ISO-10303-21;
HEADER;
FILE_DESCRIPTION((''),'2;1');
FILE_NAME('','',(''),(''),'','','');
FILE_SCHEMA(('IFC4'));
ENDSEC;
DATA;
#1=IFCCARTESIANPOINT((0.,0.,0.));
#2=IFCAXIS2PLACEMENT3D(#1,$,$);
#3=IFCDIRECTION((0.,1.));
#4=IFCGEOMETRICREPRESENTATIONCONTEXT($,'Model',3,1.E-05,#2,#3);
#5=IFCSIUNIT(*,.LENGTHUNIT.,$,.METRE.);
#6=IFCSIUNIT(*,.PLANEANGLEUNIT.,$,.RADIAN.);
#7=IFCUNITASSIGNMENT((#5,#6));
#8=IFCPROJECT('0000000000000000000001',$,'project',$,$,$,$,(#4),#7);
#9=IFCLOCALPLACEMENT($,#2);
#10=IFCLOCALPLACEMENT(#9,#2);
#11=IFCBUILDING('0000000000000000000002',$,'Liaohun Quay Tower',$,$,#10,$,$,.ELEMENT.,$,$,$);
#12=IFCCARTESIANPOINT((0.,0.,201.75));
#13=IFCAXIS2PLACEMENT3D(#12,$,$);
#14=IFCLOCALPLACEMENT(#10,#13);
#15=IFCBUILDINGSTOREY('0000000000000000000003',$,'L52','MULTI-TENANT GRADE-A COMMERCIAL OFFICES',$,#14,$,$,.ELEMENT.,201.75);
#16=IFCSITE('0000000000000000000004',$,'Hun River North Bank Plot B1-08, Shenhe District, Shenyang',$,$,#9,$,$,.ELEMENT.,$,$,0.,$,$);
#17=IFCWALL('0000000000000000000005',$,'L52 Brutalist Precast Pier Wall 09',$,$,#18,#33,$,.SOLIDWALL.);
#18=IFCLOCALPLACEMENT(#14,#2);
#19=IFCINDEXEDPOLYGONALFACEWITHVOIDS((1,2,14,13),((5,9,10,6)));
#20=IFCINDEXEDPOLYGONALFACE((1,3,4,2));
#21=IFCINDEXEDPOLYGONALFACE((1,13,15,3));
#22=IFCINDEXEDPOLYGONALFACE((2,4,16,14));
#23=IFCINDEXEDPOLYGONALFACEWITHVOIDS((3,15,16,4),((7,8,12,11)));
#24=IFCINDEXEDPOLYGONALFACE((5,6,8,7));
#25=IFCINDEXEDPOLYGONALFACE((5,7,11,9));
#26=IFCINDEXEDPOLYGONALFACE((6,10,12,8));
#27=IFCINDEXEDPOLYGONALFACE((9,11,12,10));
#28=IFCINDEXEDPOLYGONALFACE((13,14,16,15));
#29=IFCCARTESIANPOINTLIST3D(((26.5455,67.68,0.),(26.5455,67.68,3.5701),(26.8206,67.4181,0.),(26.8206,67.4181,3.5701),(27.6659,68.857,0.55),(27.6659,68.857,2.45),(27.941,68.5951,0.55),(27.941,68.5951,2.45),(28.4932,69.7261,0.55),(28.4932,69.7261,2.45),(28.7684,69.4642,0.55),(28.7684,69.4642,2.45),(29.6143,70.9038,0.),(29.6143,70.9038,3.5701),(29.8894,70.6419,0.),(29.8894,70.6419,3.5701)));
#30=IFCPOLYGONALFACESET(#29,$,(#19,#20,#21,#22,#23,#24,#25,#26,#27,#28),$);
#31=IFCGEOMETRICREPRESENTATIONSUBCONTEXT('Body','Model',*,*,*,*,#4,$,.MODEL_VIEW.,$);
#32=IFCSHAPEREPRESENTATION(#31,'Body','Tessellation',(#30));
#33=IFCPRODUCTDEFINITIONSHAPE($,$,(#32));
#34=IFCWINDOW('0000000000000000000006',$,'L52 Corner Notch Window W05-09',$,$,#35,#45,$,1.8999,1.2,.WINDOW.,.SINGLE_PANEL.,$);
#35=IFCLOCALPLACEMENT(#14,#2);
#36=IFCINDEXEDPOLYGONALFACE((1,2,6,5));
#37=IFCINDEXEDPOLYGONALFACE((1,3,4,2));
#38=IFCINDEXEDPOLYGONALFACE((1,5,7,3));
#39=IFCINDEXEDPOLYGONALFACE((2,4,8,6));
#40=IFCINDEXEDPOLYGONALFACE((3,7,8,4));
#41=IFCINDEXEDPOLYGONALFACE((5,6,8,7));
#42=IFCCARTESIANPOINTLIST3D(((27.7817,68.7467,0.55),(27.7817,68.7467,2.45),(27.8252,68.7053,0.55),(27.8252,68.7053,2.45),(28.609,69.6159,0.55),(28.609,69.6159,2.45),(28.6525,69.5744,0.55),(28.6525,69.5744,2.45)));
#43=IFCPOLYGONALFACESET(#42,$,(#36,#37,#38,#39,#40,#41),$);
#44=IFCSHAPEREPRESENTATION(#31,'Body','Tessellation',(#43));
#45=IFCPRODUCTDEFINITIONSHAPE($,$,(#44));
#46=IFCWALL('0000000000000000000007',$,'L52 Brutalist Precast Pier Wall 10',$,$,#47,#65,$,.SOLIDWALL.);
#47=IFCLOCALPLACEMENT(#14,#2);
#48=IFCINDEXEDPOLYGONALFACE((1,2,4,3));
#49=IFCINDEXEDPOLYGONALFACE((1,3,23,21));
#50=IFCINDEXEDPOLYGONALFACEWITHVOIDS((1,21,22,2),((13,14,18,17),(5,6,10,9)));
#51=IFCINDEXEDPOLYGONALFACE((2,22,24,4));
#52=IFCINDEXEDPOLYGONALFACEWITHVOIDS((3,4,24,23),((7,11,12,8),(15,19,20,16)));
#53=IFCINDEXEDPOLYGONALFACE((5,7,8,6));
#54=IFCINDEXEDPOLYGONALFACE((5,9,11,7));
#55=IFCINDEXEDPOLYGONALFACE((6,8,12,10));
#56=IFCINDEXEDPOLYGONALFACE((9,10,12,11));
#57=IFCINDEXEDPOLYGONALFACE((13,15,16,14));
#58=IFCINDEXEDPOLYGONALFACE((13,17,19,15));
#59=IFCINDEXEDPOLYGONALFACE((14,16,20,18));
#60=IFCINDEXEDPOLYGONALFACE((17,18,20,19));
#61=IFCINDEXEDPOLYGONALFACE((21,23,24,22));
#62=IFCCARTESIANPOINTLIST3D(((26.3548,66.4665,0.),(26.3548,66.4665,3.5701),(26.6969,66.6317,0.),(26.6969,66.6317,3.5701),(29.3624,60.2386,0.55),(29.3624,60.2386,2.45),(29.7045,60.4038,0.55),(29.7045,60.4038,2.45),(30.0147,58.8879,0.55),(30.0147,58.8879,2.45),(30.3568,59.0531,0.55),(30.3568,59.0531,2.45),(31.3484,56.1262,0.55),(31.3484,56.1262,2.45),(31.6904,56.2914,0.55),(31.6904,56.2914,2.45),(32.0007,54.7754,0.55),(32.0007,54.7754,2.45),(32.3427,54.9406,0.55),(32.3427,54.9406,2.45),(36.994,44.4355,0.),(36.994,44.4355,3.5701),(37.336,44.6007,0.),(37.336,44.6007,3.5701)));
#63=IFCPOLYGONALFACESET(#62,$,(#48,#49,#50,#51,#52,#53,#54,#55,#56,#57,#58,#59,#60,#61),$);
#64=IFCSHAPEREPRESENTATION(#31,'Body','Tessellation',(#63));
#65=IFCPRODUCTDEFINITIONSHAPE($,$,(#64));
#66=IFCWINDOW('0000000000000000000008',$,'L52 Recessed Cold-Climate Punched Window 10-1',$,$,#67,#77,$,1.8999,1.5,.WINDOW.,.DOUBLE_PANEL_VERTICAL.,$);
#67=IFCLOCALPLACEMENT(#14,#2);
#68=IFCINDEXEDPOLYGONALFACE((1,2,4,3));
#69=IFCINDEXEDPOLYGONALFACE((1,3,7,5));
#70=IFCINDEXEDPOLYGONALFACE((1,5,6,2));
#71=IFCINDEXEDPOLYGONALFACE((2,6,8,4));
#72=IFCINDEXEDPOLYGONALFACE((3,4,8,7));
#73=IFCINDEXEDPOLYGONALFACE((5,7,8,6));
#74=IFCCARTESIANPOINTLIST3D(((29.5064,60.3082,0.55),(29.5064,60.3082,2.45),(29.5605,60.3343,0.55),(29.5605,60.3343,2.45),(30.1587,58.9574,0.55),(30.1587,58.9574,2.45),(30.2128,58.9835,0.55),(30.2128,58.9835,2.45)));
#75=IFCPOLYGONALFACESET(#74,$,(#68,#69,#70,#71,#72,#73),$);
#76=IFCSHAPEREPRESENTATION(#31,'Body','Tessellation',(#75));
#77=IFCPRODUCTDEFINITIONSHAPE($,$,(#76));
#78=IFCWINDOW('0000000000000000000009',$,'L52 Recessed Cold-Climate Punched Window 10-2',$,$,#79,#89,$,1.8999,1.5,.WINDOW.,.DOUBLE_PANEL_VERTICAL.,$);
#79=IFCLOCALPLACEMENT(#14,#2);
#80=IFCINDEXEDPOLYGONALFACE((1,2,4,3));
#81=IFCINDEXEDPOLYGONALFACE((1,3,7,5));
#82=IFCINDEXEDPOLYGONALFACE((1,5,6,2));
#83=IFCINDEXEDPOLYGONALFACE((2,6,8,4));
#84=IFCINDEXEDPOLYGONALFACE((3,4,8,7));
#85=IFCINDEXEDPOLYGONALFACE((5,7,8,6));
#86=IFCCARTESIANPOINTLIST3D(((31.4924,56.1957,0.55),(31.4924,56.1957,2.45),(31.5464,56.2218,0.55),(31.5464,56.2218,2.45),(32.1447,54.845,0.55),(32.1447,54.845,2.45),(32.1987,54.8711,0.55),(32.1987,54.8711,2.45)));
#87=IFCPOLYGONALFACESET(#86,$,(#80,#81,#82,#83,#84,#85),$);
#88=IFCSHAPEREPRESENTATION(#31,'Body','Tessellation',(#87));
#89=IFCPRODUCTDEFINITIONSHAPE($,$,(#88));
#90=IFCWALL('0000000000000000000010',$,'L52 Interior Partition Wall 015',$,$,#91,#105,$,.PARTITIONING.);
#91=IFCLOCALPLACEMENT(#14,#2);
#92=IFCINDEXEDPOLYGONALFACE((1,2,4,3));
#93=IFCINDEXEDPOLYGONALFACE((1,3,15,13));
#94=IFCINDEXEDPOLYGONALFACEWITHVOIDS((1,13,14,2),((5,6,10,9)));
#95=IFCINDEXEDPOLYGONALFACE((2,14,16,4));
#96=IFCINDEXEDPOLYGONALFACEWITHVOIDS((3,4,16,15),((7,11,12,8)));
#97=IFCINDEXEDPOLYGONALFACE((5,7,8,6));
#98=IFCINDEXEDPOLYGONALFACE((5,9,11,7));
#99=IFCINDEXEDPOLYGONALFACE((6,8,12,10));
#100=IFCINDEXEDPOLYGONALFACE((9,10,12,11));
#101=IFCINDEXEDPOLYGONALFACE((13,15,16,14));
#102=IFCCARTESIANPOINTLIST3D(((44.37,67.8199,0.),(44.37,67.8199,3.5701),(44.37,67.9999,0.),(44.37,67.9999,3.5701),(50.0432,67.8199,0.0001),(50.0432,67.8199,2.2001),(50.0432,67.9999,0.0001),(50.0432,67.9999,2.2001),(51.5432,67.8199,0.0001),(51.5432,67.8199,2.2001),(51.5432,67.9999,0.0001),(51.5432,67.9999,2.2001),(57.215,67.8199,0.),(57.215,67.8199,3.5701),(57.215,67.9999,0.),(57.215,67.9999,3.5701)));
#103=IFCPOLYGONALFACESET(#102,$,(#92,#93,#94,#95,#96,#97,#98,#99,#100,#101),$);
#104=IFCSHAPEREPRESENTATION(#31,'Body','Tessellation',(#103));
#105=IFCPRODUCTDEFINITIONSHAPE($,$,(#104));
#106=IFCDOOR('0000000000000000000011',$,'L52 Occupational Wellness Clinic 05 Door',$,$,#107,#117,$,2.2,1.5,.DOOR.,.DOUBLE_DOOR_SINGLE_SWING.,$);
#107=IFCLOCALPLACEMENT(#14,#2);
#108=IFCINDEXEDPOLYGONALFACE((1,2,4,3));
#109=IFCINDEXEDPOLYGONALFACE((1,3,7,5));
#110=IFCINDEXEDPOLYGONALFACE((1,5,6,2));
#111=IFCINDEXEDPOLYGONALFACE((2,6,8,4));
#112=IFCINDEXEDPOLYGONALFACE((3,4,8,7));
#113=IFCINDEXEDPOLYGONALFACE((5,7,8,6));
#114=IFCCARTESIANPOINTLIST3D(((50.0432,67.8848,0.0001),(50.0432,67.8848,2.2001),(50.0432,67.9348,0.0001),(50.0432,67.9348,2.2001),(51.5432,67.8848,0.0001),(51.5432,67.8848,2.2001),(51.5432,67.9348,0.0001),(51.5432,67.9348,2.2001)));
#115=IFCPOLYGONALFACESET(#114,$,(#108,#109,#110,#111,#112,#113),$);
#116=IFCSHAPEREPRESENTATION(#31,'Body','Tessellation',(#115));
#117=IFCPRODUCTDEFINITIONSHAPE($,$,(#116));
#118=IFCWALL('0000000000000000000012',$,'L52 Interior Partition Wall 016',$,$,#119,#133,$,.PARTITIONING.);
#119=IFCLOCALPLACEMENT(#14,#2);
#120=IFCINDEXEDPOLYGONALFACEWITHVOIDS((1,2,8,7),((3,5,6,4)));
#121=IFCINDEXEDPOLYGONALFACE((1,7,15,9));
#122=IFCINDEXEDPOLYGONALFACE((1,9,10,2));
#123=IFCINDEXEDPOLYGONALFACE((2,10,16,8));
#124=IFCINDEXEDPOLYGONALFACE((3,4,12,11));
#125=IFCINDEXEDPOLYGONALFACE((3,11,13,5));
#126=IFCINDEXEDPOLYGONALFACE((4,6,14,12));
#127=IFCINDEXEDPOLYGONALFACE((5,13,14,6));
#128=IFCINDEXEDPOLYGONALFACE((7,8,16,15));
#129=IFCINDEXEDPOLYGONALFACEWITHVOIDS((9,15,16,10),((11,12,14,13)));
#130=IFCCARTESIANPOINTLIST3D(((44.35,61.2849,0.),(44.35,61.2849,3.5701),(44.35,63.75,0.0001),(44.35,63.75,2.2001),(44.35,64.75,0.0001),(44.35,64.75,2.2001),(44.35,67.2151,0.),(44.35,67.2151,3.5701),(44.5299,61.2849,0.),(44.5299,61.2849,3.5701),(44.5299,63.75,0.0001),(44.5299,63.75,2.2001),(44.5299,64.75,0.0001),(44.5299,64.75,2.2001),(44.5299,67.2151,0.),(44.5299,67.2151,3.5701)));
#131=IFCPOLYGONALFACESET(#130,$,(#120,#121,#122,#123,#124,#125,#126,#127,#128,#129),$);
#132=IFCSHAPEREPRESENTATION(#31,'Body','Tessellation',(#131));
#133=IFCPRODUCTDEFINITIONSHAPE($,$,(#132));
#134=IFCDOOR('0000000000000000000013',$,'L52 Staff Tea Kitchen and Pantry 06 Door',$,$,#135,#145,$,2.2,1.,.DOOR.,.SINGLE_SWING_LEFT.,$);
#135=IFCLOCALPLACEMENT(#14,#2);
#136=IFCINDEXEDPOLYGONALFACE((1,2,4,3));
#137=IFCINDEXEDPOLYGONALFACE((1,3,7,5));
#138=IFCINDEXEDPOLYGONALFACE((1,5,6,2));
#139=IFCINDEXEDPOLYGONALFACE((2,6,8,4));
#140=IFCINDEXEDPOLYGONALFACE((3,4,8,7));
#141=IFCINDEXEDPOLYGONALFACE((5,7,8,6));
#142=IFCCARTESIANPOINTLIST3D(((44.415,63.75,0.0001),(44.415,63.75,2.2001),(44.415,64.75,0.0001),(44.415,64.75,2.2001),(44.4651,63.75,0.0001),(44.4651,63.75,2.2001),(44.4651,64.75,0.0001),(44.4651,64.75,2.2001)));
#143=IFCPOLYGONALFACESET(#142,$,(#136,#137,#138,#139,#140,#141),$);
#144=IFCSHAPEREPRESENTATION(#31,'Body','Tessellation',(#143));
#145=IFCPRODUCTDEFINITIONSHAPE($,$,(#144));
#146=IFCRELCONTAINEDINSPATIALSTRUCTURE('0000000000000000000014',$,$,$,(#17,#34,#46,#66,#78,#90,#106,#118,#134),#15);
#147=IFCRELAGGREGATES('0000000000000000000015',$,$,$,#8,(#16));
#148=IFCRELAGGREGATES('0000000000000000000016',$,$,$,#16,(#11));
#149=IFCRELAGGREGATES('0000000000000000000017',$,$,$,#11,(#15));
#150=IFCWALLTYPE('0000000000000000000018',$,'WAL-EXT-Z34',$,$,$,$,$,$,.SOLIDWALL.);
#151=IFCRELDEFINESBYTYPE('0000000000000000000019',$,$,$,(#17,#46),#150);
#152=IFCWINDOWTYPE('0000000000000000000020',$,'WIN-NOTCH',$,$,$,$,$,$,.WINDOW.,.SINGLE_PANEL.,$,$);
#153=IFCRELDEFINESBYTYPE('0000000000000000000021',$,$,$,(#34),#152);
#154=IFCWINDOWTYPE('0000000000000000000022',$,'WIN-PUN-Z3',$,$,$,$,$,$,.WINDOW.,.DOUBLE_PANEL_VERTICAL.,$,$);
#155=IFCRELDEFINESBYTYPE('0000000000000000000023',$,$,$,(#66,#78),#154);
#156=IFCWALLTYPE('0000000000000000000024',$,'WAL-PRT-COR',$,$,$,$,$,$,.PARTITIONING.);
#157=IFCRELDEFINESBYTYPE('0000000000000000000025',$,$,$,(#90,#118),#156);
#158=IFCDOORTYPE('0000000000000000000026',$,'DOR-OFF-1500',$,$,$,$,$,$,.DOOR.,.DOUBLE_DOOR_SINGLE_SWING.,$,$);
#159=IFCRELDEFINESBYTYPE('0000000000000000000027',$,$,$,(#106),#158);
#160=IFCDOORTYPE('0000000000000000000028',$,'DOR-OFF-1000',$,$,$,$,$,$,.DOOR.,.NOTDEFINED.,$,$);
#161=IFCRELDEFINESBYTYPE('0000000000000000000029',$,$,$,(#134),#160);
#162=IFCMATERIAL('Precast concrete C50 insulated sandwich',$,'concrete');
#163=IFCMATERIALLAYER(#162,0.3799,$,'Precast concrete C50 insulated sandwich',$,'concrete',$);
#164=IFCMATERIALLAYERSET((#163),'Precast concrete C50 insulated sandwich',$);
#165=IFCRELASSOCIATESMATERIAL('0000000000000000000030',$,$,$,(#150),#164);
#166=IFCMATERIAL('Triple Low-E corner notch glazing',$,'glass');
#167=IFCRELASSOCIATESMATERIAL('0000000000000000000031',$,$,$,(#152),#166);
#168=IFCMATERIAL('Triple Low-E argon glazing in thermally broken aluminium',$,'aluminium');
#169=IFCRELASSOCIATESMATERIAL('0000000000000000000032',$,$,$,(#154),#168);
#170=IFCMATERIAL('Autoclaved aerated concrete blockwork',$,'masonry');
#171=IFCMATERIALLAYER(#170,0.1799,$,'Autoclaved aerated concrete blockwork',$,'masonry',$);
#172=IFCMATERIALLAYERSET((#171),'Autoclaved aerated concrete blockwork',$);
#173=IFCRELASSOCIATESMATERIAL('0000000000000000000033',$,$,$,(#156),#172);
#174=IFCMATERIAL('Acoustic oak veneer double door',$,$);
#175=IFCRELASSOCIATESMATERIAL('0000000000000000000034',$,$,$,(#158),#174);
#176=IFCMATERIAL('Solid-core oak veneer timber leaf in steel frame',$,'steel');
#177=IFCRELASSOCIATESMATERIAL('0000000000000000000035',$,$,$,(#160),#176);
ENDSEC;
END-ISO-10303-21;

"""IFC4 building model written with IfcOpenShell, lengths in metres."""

from ifc_helpers import new_model, si_unit, direction, frame, frame_2d, origin, place, context, subcontext, project, spatial, rectangle, extrude, source, transform, mapped, material, layer, layer_set, type_object, element, fill, save


model = new_model("IFC4")

# Units and contexts
model_context = context("Model", 3, precision=1e-05, world=origin(), true_north=direction((0.0, 1.0)))
body_context = subcontext(model_context, "Body", "Model", "MODEL_VIEW")
ifc_project = project(units=[si_unit("LENGTHUNIT", "METRE"), si_unit("PLANEANGLEUNIT", "RADIAN")], contexts=[model_context])

# Site, building, storey
site_placement = place(None, origin())
site = spatial("IfcSite", under=ifc_project, at=site_placement, Name="Hun River North Bank Plot B1-08, Shenhe District, Shenyang", CompositionType="ELEMENT", RefElevation=0.0)
building_placement = place(site_placement, origin())
building = spatial("IfcBuilding", under=site, at=building_placement, Name="Liaohun Quay Tower", CompositionType="ELEMENT")
storey_placement = place(building_placement, frame((0.0, 0.0, 201.75)))
storey = spatial("IfcBuildingStorey", under=building, at=storey_placement, Name="L52", Description="MULTI-TENANT GRADE-A COMMERCIAL OFFICES", CompositionType="ELEMENT", Elevation=201.75)

# Wall, opening, window
ifc_material_1 = material(Name="Precast concrete C50 insulated sandwich", Category="concrete")
ifc_layer_1 = layer(ifc_material_1, 0.3799, Name="Precast concrete C50 insulated sandwich", Category="concrete")
ifc_layer_set_1 = layer_set([ifc_layer_1], Name="Precast concrete C50 insulated sandwich")
wall_type_1 = type_object("IfcWallType", Name="WAL-EXT-Z34", PredefinedType="SOLIDWALL", material=ifc_layer_set_1)
shared_shape_1 = source(origin(), body_context, "Body", "SweptSolid", [
    extrude(rectangle(XDim=1.2, YDim=1.8999, at=frame_2d((0.6001, 0.95))), frame((0.0, 0.2, 0.0), z_axis=(0.0, -1.0, 0.0), x_axis=(1.0, 0.0, 0.0)), (0.0, 0.0, 1.0), 0.3999),
])
ifc_material_2 = material(Name="Triple Low-E corner notch glazing", Category="glass")
window_type_1 = type_object("IfcWindowType", Name="WIN-NOTCH", PartitioningType="SINGLE_PANEL", PredefinedType="WINDOW", material=ifc_material_2)
shared_shape_2 = source(origin(), body_context, "Body", "SweptSolid", [
    extrude(rectangle(XDim=1.2, YDim=1.8999, at=frame_2d((0.6001, 0.95))), frame((0.0, 0.03, 0.0), z_axis=(0.0, -1.0, 0.0), x_axis=(1.0, 0.0, 0.0)), (0.0, 0.0, 1.0), 0.0601),
])
wall_1_placement = place(storey_placement, frame((29.752, 70.7729, 0.0), z_axis=(0.0, 0.0, 1.0), x_axis=(-0.689477, -0.724307, 0.0)))
wall_1 = element("IfcWall", 1, at=wall_1_placement, inside=storey, type_object=wall_type_1, Name="L52 Brutalist Precast Pier Wall 09", PredefinedType="SOLIDWALL", context=body_context, shape_type="SweptSolid", body=[
    extrude(rectangle(XDim=4.4509, YDim=0.3799, at=frame_2d((2.2256, 0.0))), origin(), (0.0, 0.0, 1.0), 3.5701),
])
opening_1_placement = place(wall_1_placement, frame((1.626, 0.0, 0.55)))
opening_1 = element("IfcOpeningElement", 2, at=opening_1_placement, cuts=wall_1, PredefinedType="OPENING", context=body_context, shape_type="MappedRepresentation", body=[
    mapped(shared_shape_1, transform((0.0, 0.0, 0.0), x_axis=(1.0, 0.0, 0.0), y_axis=(0.0, 1.0, 0.0), z_axis=(0.0, 0.0, 1.0), scale=1.0)),
])
window_1_placement = place(opening_1_placement, origin())
window_1 = element("IfcWindow", 3, at=window_1_placement, inside=storey, type_object=window_type_1, Name="L52 Corner Notch Window W05-09", OverallHeight=1.8999, OverallWidth=1.2, PartitioningType="SINGLE_PANEL", PredefinedType="WINDOW", context=body_context, shape_type="MappedRepresentation", body=[
    mapped(shared_shape_2, transform((0.0, 0.0, 0.0), x_axis=(1.0, 0.0, 0.0), y_axis=(0.0, 1.0, 0.0), z_axis=(0.0, 0.0, 1.0), scale=1.0)),
])
fill(opening_1, window_1)

# Wall, openings, windows
wall_2_placement = place(storey_placement, frame((26.5259, 66.5491, 0.0), z_axis=(0.0, 0.0, 1.0), x_axis=(0.434865, -0.900496, 0.0)))
wall_2 = element("IfcWall", 4, at=wall_2_placement, inside=storey, type_object=wall_type_1, Name="L52 Brutalist Precast Pier Wall 10", PredefinedType="SOLIDWALL", context=body_context, shape_type="SweptSolid", body=[
    extrude(rectangle(XDim=24.4653, YDim=0.3799, at=frame_2d((12.2327, 0.0))), origin(), (0.0, 0.0, 1.0), 3.5701),
])
shared_shape_3 = source(origin(), body_context, "Body", "SweptSolid", [
    extrude(rectangle(XDim=1.5, YDim=1.8999, at=frame_2d((0.75, 0.95))), frame((0.0, 0.2, 0.0), z_axis=(0.0, -1.0, 0.0), x_axis=(1.0, 0.0, 0.0)), (0.0, 0.0, 1.0), 0.3999),
])
opening_2_placement = place(wall_2_placement, frame((6.916, 0.0, 0.55)))
opening_2 = element("IfcOpeningElement", 5, at=opening_2_placement, cuts=wall_2, PredefinedType="OPENING", context=body_context, shape_type="MappedRepresentation", body=[
    mapped(shared_shape_3, transform((0.0, 0.0, 0.0), x_axis=(1.0, 0.0, 0.0), y_axis=(0.0, 1.0, 0.0), z_axis=(0.0, 0.0, 1.0), scale=1.0)),
])
opening_3_placement = place(wall_2_placement, frame((11.4829, 0.0, 0.55)))
opening_3 = element("IfcOpeningElement", 6, at=opening_3_placement, cuts=wall_2, PredefinedType="OPENING", context=body_context, shape_type="MappedRepresentation", body=[
    mapped(shared_shape_3, transform((0.0, 0.0, 0.0), x_axis=(1.0, 0.0, 0.0), y_axis=(0.0, 1.0, 0.0), z_axis=(0.0, 0.0, 1.0), scale=1.0)),
])
ifc_material_3 = material(Name="Triple Low-E argon glazing in thermally broken aluminium", Category="aluminium")
window_type_2 = type_object("IfcWindowType", Name="WIN-PUN-Z3", PartitioningType="DOUBLE_PANEL_VERTICAL", PredefinedType="WINDOW", material=ifc_material_3)
shared_shape_4 = source(origin(), body_context, "Body", "SweptSolid", [
    extrude(rectangle(XDim=1.5, YDim=1.8999, at=frame_2d((0.75, 0.95))), frame((0.0, 0.03, 0.0), z_axis=(0.0, -1.0, 0.0), x_axis=(1.0, 0.0, 0.0)), (0.0, 0.0, 1.0), 0.0601),
])
window_2_placement = place(opening_2_placement, origin())
window_2 = element("IfcWindow", 7, at=window_2_placement, inside=storey, type_object=window_type_2, Name="L52 Recessed Cold-Climate Punched Window 10-1", OverallHeight=1.8999, OverallWidth=1.5, PartitioningType="DOUBLE_PANEL_VERTICAL", PredefinedType="WINDOW", context=body_context, shape_type="MappedRepresentation", body=[
    mapped(shared_shape_4, transform((0.0, 0.0, 0.0), x_axis=(1.0, 0.0, 0.0), y_axis=(0.0, 1.0, 0.0), z_axis=(0.0, 0.0, 1.0), scale=1.0)),
])
fill(opening_2, window_2)
window_3_placement = place(opening_3_placement, origin())
window_3 = element("IfcWindow", 8, at=window_3_placement, inside=storey, type_object=window_type_2, Name="L52 Recessed Cold-Climate Punched Window 10-2", OverallHeight=1.8999, OverallWidth=1.5, PartitioningType="DOUBLE_PANEL_VERTICAL", PredefinedType="WINDOW", context=body_context, shape_type="MappedRepresentation", body=[
    mapped(shared_shape_4, transform((0.0, 0.0, 0.0), x_axis=(1.0, 0.0, 0.0), y_axis=(0.0, 1.0, 0.0), z_axis=(0.0, 0.0, 1.0), scale=1.0)),
])
fill(opening_3, window_3)

# Walls, openings, doors
ifc_material_4 = material(Name="Autoclaved aerated concrete blockwork", Category="masonry")
ifc_layer_2 = layer(ifc_material_4, 0.1799, Name="Autoclaved aerated concrete blockwork", Category="masonry")
ifc_layer_set_2 = layer_set([ifc_layer_2], Name="Autoclaved aerated concrete blockwork")
wall_type_2 = type_object("IfcWallType", Name="WAL-PRT-COR", PredefinedType="PARTITIONING", material=ifc_layer_set_2)
wall_3_placement = place(storey_placement, frame((44.3701, 67.9099, 0.0), z_axis=(0.0, 0.0, 1.0), x_axis=(1.0, 0.0, 0.0)))
wall_3 = element("IfcWall", 9, at=wall_3_placement, inside=storey, type_object=wall_type_2, Name="L52 Interior Partition Wall 015", PredefinedType="PARTITIONING", context=body_context, shape_type="SweptSolid", body=[
    extrude(rectangle(XDim=12.845, YDim=0.1799, at=frame_2d((6.4224, 0.0))), origin(), (0.0, 0.0, 1.0), 3.5701),
])
shared_shape_5 = source(origin(), body_context, "Body", "SweptSolid", [
    extrude(rectangle(XDim=1.5, YDim=2.2, at=frame_2d((0.75, 1.1001))), frame((0.0, 0.0999, 0.0), z_axis=(0.0, -1.0, 0.0), x_axis=(1.0, 0.0, 0.0)), (0.0, 0.0, 1.0), 0.2),
])
opening_4_placement = place(wall_3_placement, frame((5.6731, 0.0, 0.0)))
opening_4 = element("IfcOpeningElement", 10, at=opening_4_placement, cuts=wall_3, PredefinedType="OPENING", context=body_context, shape_type="MappedRepresentation", body=[
    mapped(shared_shape_5, transform((0.0, 0.0, 0.0), x_axis=(1.0, 0.0, 0.0), y_axis=(0.0, 1.0, 0.0), z_axis=(0.0, 0.0, 1.0), scale=1.0)),
])
ifc_material_5 = material(Name="Acoustic oak veneer double door")
door_type_1 = type_object("IfcDoorType", Name="DOR-OFF-1500", OperationType="DOUBLE_DOOR_SINGLE_SWING", PredefinedType="DOOR", material=ifc_material_5)
shared_shape_6 = source(origin(), body_context, "Body", "SweptSolid", [
    extrude(rectangle(XDim=1.5, YDim=2.2, at=frame_2d((0.75, 1.1001))), frame((0.0, 0.0249, 0.0), z_axis=(0.0, -1.0, 0.0), x_axis=(1.0, 0.0, 0.0)), (0.0, 0.0, 1.0), 0.05),
])
door_1_placement = place(opening_4_placement, origin())
door_1 = element("IfcDoor", 11, at=door_1_placement, inside=storey, type_object=door_type_1, Name="L52 Occupational Wellness Clinic 05 Door", OperationType="DOUBLE_DOOR_SINGLE_SWING", OverallHeight=2.2, OverallWidth=1.5, PredefinedType="DOOR", context=body_context, shape_type="MappedRepresentation", body=[
    mapped(shared_shape_6, transform((0.0, 0.0, 0.0), x_axis=(1.0, 0.0, 0.0), y_axis=(0.0, 1.0, 0.0), z_axis=(0.0, 0.0, 1.0), scale=1.0)),
])
fill(opening_4, door_1)
wall_4_placement = place(storey_placement, frame((44.4399, 61.2849, 0.0), z_axis=(0.0, 0.0, 1.0), x_axis=(0.0, 1.0, 0.0)))
wall_4 = element("IfcWall", 12, at=wall_4_placement, inside=storey, type_object=wall_type_2, Name="L52 Interior Partition Wall 016", PredefinedType="PARTITIONING", context=body_context, shape_type="SweptSolid", body=[
    extrude(rectangle(XDim=5.9302, YDim=0.1799, at=frame_2d((2.9651, 0.0))), origin(), (0.0, 0.0, 1.0), 3.5701),
])
shared_shape_7 = source(origin(), body_context, "Body", "SweptSolid", [
    extrude(rectangle(XDim=1.0, YDim=2.2, at=frame_2d((0.5, 1.1001))), frame((0.0, 0.0999, 0.0), z_axis=(0.0, -1.0, 0.0), x_axis=(1.0, 0.0, 0.0)), (0.0, 0.0, 1.0), 0.2),
])
opening_5_placement = place(wall_4_placement, frame((2.4651, 0.0, 0.0)))
opening_5 = element("IfcOpeningElement", 13, at=opening_5_placement, cuts=wall_4, PredefinedType="OPENING", context=body_context, shape_type="MappedRepresentation", body=[
    mapped(shared_shape_7, transform((0.0, 0.0, 0.0), x_axis=(1.0, 0.0, 0.0), y_axis=(0.0, 1.0, 0.0), z_axis=(0.0, 0.0, 1.0), scale=1.0)),
])
ifc_material_6 = material(Name="Solid-core oak veneer timber leaf in steel frame", Category="steel")
door_type_2 = type_object("IfcDoorType", Name="DOR-OFF-1000", OperationType="NOTDEFINED", PredefinedType="DOOR", material=ifc_material_6)
shared_shape_8 = source(origin(), body_context, "Body", "SweptSolid", [
    extrude(rectangle(XDim=1.0, YDim=2.2, at=frame_2d((0.5, 1.1001))), frame((0.0, 0.0249, 0.0), z_axis=(0.0, -1.0, 0.0), x_axis=(1.0, 0.0, 0.0)), (0.0, 0.0, 1.0), 0.05),
])
door_2_placement = place(opening_5_placement, origin())
door_2 = element("IfcDoor", 14, at=door_2_placement, inside=storey, type_object=door_type_2, Name="L52 Staff Tea Kitchen and Pantry 06 Door", OperationType="SINGLE_SWING_LEFT", OverallHeight=2.2, OverallWidth=1.0, PredefinedType="DOOR", context=body_context, shape_type="MappedRepresentation", body=[
    mapped(shared_shape_8, transform((0.0, 0.0, 0.0), x_axis=(1.0, 0.0, 0.0), y_axis=(0.0, 1.0, 0.0), z_axis=(0.0, 0.0, 1.0), scale=1.0)),
])
fill(opening_5, door_2)

save(model, "model.ifc")
